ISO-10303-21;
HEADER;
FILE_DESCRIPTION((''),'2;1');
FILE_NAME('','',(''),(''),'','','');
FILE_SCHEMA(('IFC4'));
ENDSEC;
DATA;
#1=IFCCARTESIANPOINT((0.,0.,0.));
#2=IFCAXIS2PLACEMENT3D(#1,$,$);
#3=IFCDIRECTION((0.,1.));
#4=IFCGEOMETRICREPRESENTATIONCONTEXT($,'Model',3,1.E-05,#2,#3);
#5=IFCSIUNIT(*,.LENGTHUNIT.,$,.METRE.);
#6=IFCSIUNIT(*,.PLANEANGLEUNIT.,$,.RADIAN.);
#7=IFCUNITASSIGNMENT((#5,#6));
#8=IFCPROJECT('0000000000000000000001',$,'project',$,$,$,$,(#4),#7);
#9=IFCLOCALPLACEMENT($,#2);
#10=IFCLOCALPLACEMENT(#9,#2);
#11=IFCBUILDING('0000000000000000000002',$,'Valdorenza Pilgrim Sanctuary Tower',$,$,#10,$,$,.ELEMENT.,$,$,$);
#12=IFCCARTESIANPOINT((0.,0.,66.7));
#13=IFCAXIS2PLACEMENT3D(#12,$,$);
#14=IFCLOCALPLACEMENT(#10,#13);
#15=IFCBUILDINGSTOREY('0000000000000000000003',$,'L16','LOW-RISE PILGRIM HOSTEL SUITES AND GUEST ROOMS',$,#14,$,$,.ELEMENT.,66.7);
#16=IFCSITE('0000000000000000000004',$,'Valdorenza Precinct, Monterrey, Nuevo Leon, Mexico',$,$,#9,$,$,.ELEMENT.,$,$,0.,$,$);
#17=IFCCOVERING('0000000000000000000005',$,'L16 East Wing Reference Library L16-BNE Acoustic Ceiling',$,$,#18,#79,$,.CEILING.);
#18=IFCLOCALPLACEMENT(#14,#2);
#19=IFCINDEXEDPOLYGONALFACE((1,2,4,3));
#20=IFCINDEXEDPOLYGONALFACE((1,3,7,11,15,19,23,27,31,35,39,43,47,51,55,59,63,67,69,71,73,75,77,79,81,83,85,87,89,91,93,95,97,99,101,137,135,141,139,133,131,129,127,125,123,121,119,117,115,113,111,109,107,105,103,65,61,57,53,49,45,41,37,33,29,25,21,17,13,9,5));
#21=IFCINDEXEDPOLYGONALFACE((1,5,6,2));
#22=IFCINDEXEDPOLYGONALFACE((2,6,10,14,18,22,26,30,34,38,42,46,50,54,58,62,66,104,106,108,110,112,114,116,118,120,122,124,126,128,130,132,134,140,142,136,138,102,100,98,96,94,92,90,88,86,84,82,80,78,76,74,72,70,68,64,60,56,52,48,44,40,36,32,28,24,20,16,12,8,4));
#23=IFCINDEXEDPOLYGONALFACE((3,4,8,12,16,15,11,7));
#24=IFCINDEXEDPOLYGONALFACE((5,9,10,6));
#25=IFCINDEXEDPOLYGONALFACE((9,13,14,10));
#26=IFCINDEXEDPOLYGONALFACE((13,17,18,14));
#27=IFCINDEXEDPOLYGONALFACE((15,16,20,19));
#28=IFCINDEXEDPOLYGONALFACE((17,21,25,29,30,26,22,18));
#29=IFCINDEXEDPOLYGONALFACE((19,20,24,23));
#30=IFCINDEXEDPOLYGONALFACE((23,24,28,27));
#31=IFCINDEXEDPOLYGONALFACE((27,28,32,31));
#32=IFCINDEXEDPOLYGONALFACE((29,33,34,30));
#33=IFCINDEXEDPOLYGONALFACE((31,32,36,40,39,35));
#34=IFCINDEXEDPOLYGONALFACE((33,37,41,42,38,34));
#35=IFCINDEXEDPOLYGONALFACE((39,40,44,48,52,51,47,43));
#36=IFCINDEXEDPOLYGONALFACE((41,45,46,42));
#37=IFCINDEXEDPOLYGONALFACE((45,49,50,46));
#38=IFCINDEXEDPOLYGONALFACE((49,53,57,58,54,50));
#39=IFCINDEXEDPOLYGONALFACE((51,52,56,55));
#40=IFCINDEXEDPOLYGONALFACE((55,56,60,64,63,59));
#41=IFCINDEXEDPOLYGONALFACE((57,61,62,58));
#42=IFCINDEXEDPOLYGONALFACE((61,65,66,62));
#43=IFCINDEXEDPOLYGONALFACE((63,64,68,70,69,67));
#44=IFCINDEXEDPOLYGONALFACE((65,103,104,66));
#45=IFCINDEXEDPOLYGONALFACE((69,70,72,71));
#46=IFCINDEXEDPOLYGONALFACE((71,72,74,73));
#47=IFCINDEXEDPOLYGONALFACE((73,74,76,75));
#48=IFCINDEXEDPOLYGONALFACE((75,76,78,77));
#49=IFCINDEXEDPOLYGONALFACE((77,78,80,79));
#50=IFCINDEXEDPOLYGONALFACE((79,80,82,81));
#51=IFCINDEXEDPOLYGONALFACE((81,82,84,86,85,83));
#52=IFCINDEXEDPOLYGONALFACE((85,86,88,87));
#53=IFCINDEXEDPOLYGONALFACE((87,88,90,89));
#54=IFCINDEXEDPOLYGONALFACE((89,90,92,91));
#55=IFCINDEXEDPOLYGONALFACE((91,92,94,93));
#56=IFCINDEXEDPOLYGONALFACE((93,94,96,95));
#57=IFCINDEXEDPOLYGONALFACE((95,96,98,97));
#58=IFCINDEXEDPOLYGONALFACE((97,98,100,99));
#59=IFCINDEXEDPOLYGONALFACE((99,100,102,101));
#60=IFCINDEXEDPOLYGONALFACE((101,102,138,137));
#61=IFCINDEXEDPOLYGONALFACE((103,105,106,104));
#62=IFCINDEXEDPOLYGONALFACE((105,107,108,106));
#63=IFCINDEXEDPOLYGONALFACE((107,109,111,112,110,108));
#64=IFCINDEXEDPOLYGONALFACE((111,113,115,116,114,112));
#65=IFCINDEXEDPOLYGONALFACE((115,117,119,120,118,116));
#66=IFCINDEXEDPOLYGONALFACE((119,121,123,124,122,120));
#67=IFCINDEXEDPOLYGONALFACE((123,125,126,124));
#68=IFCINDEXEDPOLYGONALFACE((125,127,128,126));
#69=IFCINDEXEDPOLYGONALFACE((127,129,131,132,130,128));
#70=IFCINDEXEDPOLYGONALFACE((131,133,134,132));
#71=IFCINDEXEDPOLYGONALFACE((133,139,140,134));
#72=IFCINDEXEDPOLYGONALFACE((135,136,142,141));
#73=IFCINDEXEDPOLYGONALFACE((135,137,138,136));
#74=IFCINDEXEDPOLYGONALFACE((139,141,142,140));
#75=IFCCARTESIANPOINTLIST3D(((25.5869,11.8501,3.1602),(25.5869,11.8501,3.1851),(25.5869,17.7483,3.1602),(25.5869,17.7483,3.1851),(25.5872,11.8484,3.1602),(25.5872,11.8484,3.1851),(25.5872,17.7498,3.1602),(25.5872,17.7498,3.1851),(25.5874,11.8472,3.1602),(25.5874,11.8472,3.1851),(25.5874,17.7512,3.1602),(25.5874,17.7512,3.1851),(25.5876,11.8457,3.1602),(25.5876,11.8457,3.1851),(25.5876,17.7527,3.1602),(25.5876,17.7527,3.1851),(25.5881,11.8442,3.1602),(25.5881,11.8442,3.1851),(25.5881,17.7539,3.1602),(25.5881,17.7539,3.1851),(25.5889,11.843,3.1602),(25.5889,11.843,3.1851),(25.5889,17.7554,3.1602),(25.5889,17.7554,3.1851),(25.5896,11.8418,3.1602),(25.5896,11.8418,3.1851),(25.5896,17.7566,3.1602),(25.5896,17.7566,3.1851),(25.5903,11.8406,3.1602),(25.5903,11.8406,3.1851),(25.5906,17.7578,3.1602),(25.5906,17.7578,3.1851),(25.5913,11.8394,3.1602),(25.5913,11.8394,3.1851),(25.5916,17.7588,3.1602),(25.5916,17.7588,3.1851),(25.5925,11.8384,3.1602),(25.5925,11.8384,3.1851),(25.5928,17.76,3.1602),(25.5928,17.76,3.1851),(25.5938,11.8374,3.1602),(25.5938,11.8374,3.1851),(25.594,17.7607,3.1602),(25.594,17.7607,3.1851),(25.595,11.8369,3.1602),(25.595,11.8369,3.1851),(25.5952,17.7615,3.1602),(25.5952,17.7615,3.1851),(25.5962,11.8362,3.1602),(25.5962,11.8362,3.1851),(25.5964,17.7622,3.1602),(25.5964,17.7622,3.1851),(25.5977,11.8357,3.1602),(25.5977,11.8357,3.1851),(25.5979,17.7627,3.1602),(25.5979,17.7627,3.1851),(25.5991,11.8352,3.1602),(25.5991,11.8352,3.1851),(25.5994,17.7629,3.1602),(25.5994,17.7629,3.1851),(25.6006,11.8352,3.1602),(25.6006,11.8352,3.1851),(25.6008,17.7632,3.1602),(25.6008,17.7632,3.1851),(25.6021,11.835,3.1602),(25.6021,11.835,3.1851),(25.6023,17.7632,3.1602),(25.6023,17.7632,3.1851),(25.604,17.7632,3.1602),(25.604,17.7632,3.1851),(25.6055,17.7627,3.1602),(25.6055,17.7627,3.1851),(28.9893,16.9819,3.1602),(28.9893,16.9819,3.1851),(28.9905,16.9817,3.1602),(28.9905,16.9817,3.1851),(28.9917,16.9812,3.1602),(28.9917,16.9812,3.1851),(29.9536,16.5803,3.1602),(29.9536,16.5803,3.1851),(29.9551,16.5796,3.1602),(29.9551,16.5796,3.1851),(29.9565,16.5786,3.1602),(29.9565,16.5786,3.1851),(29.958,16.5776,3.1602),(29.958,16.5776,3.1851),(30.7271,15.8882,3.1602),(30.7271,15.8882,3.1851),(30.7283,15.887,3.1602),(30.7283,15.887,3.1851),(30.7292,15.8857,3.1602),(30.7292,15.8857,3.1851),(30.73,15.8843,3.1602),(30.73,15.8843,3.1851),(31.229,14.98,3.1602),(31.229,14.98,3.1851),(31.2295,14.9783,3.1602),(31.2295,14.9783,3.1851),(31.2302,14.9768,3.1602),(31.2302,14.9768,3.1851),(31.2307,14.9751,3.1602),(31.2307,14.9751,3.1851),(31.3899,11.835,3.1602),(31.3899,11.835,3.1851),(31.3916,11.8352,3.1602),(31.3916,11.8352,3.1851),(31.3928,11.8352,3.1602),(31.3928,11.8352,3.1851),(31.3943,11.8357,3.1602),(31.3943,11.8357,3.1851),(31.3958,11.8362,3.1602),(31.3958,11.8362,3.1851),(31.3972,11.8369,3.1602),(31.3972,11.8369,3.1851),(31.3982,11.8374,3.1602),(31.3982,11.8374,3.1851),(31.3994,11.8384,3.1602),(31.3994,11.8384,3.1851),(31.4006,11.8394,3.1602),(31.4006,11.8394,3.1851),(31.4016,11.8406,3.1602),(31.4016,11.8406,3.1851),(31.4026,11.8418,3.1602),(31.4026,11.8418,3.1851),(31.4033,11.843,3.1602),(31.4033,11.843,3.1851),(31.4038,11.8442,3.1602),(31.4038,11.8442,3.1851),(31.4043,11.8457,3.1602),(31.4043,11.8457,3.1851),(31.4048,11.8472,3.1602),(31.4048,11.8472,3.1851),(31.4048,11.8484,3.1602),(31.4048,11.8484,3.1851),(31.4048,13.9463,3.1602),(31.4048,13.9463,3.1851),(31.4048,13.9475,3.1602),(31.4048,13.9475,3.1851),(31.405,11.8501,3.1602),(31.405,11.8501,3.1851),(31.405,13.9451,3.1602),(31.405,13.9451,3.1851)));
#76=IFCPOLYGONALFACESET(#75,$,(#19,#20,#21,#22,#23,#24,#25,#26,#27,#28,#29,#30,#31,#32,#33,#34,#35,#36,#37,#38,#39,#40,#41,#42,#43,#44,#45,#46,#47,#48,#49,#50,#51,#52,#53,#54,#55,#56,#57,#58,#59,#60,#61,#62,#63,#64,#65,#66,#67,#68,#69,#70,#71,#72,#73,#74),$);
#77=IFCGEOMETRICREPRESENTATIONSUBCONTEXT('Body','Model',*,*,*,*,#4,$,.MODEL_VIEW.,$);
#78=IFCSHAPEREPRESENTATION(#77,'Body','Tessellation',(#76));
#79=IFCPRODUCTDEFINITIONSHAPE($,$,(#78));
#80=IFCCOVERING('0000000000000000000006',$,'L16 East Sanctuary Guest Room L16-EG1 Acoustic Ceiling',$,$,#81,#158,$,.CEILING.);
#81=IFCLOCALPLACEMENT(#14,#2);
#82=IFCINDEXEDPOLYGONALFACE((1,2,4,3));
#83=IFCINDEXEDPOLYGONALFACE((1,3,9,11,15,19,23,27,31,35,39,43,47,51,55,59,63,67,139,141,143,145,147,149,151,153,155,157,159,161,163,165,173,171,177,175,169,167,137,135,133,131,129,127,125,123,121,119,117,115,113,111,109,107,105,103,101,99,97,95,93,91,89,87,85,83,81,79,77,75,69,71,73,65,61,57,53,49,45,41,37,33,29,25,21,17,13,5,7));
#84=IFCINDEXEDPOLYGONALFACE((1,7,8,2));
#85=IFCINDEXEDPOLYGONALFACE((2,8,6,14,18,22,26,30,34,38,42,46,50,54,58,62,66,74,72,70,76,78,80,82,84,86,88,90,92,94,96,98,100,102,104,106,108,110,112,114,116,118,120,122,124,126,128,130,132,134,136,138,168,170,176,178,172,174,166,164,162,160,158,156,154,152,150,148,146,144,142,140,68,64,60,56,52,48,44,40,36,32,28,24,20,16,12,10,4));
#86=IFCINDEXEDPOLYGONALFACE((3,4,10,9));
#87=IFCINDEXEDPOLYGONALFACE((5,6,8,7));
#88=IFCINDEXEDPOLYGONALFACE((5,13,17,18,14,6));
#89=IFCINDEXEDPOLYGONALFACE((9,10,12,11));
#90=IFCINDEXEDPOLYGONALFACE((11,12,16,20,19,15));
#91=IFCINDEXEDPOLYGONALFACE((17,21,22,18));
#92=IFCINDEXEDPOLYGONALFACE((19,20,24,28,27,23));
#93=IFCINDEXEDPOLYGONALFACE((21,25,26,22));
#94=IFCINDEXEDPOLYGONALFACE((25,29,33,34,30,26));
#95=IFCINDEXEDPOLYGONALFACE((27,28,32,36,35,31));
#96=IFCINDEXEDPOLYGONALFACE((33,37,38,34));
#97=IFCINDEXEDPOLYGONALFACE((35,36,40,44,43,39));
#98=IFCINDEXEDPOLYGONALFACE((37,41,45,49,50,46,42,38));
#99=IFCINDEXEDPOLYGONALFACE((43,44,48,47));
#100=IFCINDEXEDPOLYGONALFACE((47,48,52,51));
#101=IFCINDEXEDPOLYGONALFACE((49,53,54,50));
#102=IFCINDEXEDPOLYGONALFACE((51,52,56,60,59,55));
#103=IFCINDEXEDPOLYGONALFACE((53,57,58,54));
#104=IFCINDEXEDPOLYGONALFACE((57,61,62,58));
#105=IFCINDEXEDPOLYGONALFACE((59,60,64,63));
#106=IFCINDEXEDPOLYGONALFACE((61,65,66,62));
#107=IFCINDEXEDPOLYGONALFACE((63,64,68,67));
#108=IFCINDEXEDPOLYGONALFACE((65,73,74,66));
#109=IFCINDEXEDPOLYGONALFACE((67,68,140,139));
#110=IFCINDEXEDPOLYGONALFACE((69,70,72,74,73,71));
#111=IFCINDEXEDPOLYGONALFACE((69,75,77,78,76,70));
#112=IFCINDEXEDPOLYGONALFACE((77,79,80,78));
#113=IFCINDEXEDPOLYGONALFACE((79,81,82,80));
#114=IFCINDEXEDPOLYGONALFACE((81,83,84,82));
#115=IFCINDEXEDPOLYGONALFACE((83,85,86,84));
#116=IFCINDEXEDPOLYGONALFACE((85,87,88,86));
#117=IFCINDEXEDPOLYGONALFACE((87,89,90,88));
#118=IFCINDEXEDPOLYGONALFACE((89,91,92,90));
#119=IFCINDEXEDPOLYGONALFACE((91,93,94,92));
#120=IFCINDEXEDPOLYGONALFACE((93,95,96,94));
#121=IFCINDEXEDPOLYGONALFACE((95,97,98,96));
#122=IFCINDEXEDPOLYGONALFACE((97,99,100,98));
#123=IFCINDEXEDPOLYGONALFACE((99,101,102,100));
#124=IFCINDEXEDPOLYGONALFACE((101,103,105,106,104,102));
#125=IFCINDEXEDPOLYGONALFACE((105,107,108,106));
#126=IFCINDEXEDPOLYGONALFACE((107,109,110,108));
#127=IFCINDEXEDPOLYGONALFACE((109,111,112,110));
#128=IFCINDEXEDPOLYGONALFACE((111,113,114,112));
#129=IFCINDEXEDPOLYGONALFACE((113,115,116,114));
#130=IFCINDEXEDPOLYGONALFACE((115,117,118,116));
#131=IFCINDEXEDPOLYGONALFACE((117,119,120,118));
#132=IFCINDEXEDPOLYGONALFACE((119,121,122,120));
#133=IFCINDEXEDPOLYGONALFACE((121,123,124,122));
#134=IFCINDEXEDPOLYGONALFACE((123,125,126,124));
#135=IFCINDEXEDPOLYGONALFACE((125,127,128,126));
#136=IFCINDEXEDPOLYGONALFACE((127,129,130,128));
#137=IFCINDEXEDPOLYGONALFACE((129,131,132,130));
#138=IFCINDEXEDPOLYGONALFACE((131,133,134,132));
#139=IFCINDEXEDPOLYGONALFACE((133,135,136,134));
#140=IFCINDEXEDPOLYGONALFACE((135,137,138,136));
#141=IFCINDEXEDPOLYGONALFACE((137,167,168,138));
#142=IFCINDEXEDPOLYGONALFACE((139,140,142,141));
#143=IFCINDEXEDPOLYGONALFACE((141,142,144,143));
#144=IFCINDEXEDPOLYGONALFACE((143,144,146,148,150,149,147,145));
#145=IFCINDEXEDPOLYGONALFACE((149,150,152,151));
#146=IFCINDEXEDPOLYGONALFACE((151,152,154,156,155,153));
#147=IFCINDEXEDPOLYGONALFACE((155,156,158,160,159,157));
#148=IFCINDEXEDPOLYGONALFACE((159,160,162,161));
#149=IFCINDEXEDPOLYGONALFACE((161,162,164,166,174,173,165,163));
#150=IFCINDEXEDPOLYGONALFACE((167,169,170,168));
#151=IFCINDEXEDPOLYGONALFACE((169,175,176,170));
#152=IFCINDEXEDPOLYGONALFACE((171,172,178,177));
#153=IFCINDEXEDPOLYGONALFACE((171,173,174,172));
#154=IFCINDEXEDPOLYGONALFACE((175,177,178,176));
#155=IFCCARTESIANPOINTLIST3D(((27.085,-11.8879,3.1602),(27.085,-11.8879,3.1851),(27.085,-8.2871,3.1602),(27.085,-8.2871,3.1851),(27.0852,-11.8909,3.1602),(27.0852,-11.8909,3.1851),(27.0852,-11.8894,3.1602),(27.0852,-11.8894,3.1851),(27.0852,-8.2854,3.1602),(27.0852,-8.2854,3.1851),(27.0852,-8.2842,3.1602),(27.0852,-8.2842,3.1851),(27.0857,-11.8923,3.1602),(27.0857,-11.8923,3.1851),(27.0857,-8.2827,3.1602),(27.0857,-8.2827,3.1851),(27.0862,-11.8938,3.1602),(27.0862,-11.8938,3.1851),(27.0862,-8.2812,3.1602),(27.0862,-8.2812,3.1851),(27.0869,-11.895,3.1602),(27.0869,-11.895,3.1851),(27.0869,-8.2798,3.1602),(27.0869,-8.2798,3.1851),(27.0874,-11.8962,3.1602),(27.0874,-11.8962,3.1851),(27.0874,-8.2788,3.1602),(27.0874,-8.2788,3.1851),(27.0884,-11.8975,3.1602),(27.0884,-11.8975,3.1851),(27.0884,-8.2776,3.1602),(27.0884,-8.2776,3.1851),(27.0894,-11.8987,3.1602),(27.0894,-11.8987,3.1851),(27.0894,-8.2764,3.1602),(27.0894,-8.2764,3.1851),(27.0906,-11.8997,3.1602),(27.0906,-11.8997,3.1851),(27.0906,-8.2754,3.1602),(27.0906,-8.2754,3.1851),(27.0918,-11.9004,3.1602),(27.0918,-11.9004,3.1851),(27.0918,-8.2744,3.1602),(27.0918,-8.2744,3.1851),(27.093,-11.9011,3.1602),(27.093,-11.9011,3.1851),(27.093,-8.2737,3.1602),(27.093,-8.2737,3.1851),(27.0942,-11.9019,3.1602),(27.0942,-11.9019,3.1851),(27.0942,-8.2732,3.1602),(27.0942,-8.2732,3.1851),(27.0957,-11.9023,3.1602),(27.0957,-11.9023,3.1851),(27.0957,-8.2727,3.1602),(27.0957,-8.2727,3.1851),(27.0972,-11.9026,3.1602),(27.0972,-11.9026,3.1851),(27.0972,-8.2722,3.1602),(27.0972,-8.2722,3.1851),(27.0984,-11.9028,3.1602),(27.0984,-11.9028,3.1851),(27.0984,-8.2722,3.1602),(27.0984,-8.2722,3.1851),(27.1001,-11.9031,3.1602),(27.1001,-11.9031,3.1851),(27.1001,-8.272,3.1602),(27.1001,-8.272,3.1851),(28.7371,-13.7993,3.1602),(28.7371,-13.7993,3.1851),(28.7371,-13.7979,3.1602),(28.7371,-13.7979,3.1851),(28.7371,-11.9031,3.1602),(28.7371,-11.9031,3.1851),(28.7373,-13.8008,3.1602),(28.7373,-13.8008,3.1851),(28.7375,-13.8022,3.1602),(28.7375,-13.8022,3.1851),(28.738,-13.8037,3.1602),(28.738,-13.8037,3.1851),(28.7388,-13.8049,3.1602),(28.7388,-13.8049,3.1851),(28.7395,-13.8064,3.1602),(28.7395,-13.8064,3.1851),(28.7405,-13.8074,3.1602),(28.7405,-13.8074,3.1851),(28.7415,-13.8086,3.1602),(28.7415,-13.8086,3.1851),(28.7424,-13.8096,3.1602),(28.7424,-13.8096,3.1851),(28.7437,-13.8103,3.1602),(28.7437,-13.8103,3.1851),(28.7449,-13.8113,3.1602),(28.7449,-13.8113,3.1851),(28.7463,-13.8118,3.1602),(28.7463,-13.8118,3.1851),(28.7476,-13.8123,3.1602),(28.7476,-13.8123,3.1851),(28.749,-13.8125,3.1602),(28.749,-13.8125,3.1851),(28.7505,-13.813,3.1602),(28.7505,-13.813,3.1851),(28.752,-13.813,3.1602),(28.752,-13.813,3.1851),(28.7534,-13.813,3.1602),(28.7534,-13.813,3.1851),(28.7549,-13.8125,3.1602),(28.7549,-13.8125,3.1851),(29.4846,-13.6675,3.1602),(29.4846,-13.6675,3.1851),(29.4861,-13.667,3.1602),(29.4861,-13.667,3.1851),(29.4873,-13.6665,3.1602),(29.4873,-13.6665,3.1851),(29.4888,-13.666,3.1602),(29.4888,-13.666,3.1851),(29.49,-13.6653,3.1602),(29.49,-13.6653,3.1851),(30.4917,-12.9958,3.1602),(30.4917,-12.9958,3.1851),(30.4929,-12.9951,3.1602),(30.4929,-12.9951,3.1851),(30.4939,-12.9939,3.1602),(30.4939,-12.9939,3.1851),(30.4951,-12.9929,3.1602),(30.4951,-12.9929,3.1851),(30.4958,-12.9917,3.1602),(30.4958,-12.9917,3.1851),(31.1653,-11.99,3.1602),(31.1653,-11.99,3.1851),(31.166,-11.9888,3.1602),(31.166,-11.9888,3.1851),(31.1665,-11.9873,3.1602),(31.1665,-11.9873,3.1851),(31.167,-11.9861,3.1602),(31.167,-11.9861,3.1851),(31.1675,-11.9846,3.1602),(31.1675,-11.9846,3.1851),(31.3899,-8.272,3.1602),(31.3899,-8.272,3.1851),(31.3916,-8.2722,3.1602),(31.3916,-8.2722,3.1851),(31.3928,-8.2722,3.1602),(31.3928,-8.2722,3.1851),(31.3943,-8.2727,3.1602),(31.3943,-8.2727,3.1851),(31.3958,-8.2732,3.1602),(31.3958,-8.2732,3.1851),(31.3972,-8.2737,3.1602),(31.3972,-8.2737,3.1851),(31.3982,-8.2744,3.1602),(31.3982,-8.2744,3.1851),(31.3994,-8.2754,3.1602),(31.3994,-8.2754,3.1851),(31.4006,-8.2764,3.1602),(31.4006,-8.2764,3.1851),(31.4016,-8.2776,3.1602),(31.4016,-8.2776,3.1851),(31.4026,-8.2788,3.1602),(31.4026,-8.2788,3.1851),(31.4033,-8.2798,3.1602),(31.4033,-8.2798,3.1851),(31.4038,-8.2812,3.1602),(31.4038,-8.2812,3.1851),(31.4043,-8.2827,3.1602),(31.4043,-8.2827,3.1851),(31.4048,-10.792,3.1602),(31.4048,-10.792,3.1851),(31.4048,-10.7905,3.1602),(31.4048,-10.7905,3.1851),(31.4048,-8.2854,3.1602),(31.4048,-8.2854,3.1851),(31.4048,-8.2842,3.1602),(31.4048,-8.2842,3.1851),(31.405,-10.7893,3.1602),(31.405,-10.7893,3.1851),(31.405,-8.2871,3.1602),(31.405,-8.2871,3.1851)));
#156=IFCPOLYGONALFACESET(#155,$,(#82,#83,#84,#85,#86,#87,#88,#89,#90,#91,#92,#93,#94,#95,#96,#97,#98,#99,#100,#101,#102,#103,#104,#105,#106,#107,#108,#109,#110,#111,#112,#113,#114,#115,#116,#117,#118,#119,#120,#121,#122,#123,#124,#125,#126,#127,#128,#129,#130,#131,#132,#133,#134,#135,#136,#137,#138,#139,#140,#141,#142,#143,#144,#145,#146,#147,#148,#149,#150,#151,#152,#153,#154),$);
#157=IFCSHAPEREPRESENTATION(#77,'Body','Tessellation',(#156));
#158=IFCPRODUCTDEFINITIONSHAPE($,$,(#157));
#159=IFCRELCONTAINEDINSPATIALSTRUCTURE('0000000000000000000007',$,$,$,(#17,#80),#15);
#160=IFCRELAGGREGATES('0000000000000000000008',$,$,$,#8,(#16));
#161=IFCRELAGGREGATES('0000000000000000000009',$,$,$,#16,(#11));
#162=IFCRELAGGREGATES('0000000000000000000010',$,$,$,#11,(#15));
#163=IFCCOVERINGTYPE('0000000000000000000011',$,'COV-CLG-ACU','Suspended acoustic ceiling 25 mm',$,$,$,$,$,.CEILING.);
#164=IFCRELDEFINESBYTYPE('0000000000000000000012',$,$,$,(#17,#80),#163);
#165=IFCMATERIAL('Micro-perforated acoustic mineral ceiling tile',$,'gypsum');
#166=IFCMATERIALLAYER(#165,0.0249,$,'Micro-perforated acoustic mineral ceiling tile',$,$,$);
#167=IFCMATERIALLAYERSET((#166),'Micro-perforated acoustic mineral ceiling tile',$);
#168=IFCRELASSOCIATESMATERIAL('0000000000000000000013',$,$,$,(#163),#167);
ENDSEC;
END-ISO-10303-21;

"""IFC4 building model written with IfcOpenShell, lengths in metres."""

from ifc_helpers import new_model, si_unit, direction, frame, origin, place, context, subcontext, project, spatial, polyline, outline, extrude, material, layer, layer_set, type_object, element, save


model = new_model("IFC4")

# Units and contexts
model_context = context("Model", 3, precision=1e-05, world=origin(), true_north=direction((0.0, 1.0)))
body_context = subcontext(model_context, "Body", "Model", "MODEL_VIEW")
ifc_project = project(units=[si_unit("LENGTHUNIT", "METRE"), si_unit("PLANEANGLEUNIT", "RADIAN")], contexts=[model_context])

# Site, building, storey
site_placement = place(None, origin())
site = spatial("IfcSite", under=ifc_project, at=site_placement, Name="Valdorenza Precinct, Monterrey, Nuevo Leon, Mexico", CompositionType="ELEMENT", RefElevation=0.0)
building_placement = place(site_placement, origin())
building = spatial("IfcBuilding", under=site, at=building_placement, Name="Valdorenza Pilgrim Sanctuary Tower", CompositionType="ELEMENT")
storey_placement = place(building_placement, frame((0.0, 0.0, 66.7)))
storey = spatial("IfcBuildingStorey", under=building, at=storey_placement, Name="L16", Description="LOW-RISE PILGRIM HOSTEL SUITES AND GUEST ROOMS", CompositionType="ELEMENT", Elevation=66.7)

# Coverings
ifc_material_1 = material(Name="Micro-perforated acoustic mineral ceiling tile", Category="gypsum")
ifc_layer_1 = layer(ifc_material_1, 0.0249, Name="Micro-perforated acoustic mineral ceiling tile")
ifc_layer_set_1 = layer_set([ifc_layer_1], Name="Micro-perforated acoustic mineral ceiling tile")
covering_type_1 = type_object("IfcCoveringType", Name="COV-CLG-ACU", Description="Suspended acoustic ceiling 25 mm", PredefinedType="CEILING", material=ifc_layer_set_1)
covering_1_placement = place(storey_placement, frame((0.0, 0.0, 3.1602)))
element("IfcCovering", 1, at=covering_1_placement, inside=storey, type_object=covering_type_1, Name="L16 East Wing Reference Library L16-BNE Acoustic Ceiling", PredefinedType="CEILING", context=body_context, shape_type="SweptSolid", body=[
    extrude(outline(polyline([(28.9893, 16.9819), (28.9905, 16.9817), (28.9917, 16.9812), (29.9536, 16.5803), (29.9551, 16.5796), (29.9565, 16.5786), (29.958, 16.5776), (30.7271, 15.8882), (30.7283, 15.887), (30.7292, 15.8857), (30.73, 15.8843), (31.229, 14.98), (31.2295, 14.9783), (31.2302, 14.9768), (31.2307, 14.9751), (31.4048, 13.9475), (31.4048, 13.9463), (31.405, 13.9451), (31.405, 11.8501), (31.4048, 11.8484), (31.4048, 11.8472), (31.4043, 11.8457), (31.4038, 11.8442), (31.4033, 11.843), (31.4026, 11.8418), (31.4016, 11.8406), (31.4006, 11.8394), (31.3994, 11.8384), (31.3982, 11.8374), (31.3972, 11.8369), (31.3958, 11.8362), (31.3943, 11.8357), (31.3928, 11.8352), (31.3916, 11.8352), (31.3899, 11.835), (25.6021, 11.835), (25.6006, 11.8352), (25.5991, 11.8352), (25.5977, 11.8357), (25.5962, 11.8362), (25.595, 11.8369), (25.5938, 11.8374), (25.5925, 11.8384), (25.5913, 11.8394), (25.5903, 11.8406), (25.5896, 11.8418), (25.5889, 11.843), (25.5881, 11.8442), (25.5876, 11.8457), (25.5874, 11.8472), (25.5872, 11.8484), (25.5869, 11.8501), (25.5869, 17.7483), (25.5872, 17.7498), (25.5874, 17.7512), (25.5876, 17.7527), (25.5881, 17.7539), (25.5889, 17.7554), (25.5896, 17.7566), (25.5906, 17.7578), (25.5916, 17.7588), (25.5928, 17.76), (25.594, 17.7607), (25.5952, 17.7615), (25.5964, 17.7622), (25.5979, 17.7627), (25.5994, 17.7629), (25.6008, 17.7632), (25.6023, 17.7632), (25.604, 17.7632), (25.6055, 17.7627), (28.9893, 16.9819)])), origin(), (0.0, 0.0, 1.0), 0.0249),
])
covering_2_placement = place(storey_placement, frame((0.0, 0.0, 3.1602)))
element("IfcCovering", 2, at=covering_2_placement, inside=storey, type_object=covering_type_1, Name="L16 East Sanctuary Guest Room L16-EG1 Acoustic Ceiling", PredefinedType="CEILING", context=body_context, shape_type="SweptSolid", body=[
    extrude(outline(polyline([(28.7371, -11.9031), (27.1001, -11.9031), (27.0984, -11.9028), (27.0972, -11.9026), (27.0957, -11.9023), (27.0942, -11.9019), (27.093, -11.9011), (27.0918, -11.9004), (27.0906, -11.8997), (27.0894, -11.8987), (27.0884, -11.8975), (27.0874, -11.8962), (27.0869, -11.895), (27.0862, -11.8938), (27.0857, -11.8923), (27.0852, -11.8909), (27.0852, -11.8894), (27.085, -11.8879), (27.085, -8.2871), (27.0852, -8.2854), (27.0852, -8.2842), (27.0857, -8.2827), (27.0862, -8.2812), (27.0869, -8.2798), (27.0874, -8.2788), (27.0884, -8.2776), (27.0894, -8.2764), (27.0906, -8.2754), (27.0918, -8.2744), (27.093, -8.2737), (27.0942, -8.2732), (27.0957, -8.2727), (27.0972, -8.2722), (27.0984, -8.2722), (27.1001, -8.272), (31.3899, -8.272), (31.3916, -8.2722), (31.3928, -8.2722), (31.3943, -8.2727), (31.3958, -8.2732), (31.3972, -8.2737), (31.3982, -8.2744), (31.3994, -8.2754), (31.4006, -8.2764), (31.4016, -8.2776), (31.4026, -8.2788), (31.4033, -8.2798), (31.4038, -8.2812), (31.4043, -8.2827), (31.4048, -8.2842), (31.4048, -8.2854), (31.405, -8.2871), (31.405, -10.7893), (31.4048, -10.7905), (31.4048, -10.792), (31.1675, -11.9846), (31.167, -11.9861), (31.1665, -11.9873), (31.166, -11.9888), (31.1653, -11.99), (30.4958, -12.9917), (30.4951, -12.9929), (30.4939, -12.9939), (30.4929, -12.9951), (30.4917, -12.9958), (29.49, -13.6653), (29.4888, -13.666), (29.4873, -13.6665), (29.4861, -13.667), (29.4846, -13.6675), (28.7549, -13.8125), (28.7534, -13.813), (28.752, -13.813), (28.7505, -13.813), (28.749, -13.8125), (28.7476, -13.8123), (28.7463, -13.8118), (28.7449, -13.8113), (28.7437, -13.8103), (28.7424, -13.8096), (28.7415, -13.8086), (28.7405, -13.8074), (28.7395, -13.8064), (28.7388, -13.8049), (28.738, -13.8037), (28.7375, -13.8022), (28.7373, -13.8008), (28.7371, -13.7993), (28.7371, -13.7979), (28.7371, -11.9031)])), origin(), (0.0, 0.0, 1.0), 0.0249),
])

save(model, "model.ifc")
